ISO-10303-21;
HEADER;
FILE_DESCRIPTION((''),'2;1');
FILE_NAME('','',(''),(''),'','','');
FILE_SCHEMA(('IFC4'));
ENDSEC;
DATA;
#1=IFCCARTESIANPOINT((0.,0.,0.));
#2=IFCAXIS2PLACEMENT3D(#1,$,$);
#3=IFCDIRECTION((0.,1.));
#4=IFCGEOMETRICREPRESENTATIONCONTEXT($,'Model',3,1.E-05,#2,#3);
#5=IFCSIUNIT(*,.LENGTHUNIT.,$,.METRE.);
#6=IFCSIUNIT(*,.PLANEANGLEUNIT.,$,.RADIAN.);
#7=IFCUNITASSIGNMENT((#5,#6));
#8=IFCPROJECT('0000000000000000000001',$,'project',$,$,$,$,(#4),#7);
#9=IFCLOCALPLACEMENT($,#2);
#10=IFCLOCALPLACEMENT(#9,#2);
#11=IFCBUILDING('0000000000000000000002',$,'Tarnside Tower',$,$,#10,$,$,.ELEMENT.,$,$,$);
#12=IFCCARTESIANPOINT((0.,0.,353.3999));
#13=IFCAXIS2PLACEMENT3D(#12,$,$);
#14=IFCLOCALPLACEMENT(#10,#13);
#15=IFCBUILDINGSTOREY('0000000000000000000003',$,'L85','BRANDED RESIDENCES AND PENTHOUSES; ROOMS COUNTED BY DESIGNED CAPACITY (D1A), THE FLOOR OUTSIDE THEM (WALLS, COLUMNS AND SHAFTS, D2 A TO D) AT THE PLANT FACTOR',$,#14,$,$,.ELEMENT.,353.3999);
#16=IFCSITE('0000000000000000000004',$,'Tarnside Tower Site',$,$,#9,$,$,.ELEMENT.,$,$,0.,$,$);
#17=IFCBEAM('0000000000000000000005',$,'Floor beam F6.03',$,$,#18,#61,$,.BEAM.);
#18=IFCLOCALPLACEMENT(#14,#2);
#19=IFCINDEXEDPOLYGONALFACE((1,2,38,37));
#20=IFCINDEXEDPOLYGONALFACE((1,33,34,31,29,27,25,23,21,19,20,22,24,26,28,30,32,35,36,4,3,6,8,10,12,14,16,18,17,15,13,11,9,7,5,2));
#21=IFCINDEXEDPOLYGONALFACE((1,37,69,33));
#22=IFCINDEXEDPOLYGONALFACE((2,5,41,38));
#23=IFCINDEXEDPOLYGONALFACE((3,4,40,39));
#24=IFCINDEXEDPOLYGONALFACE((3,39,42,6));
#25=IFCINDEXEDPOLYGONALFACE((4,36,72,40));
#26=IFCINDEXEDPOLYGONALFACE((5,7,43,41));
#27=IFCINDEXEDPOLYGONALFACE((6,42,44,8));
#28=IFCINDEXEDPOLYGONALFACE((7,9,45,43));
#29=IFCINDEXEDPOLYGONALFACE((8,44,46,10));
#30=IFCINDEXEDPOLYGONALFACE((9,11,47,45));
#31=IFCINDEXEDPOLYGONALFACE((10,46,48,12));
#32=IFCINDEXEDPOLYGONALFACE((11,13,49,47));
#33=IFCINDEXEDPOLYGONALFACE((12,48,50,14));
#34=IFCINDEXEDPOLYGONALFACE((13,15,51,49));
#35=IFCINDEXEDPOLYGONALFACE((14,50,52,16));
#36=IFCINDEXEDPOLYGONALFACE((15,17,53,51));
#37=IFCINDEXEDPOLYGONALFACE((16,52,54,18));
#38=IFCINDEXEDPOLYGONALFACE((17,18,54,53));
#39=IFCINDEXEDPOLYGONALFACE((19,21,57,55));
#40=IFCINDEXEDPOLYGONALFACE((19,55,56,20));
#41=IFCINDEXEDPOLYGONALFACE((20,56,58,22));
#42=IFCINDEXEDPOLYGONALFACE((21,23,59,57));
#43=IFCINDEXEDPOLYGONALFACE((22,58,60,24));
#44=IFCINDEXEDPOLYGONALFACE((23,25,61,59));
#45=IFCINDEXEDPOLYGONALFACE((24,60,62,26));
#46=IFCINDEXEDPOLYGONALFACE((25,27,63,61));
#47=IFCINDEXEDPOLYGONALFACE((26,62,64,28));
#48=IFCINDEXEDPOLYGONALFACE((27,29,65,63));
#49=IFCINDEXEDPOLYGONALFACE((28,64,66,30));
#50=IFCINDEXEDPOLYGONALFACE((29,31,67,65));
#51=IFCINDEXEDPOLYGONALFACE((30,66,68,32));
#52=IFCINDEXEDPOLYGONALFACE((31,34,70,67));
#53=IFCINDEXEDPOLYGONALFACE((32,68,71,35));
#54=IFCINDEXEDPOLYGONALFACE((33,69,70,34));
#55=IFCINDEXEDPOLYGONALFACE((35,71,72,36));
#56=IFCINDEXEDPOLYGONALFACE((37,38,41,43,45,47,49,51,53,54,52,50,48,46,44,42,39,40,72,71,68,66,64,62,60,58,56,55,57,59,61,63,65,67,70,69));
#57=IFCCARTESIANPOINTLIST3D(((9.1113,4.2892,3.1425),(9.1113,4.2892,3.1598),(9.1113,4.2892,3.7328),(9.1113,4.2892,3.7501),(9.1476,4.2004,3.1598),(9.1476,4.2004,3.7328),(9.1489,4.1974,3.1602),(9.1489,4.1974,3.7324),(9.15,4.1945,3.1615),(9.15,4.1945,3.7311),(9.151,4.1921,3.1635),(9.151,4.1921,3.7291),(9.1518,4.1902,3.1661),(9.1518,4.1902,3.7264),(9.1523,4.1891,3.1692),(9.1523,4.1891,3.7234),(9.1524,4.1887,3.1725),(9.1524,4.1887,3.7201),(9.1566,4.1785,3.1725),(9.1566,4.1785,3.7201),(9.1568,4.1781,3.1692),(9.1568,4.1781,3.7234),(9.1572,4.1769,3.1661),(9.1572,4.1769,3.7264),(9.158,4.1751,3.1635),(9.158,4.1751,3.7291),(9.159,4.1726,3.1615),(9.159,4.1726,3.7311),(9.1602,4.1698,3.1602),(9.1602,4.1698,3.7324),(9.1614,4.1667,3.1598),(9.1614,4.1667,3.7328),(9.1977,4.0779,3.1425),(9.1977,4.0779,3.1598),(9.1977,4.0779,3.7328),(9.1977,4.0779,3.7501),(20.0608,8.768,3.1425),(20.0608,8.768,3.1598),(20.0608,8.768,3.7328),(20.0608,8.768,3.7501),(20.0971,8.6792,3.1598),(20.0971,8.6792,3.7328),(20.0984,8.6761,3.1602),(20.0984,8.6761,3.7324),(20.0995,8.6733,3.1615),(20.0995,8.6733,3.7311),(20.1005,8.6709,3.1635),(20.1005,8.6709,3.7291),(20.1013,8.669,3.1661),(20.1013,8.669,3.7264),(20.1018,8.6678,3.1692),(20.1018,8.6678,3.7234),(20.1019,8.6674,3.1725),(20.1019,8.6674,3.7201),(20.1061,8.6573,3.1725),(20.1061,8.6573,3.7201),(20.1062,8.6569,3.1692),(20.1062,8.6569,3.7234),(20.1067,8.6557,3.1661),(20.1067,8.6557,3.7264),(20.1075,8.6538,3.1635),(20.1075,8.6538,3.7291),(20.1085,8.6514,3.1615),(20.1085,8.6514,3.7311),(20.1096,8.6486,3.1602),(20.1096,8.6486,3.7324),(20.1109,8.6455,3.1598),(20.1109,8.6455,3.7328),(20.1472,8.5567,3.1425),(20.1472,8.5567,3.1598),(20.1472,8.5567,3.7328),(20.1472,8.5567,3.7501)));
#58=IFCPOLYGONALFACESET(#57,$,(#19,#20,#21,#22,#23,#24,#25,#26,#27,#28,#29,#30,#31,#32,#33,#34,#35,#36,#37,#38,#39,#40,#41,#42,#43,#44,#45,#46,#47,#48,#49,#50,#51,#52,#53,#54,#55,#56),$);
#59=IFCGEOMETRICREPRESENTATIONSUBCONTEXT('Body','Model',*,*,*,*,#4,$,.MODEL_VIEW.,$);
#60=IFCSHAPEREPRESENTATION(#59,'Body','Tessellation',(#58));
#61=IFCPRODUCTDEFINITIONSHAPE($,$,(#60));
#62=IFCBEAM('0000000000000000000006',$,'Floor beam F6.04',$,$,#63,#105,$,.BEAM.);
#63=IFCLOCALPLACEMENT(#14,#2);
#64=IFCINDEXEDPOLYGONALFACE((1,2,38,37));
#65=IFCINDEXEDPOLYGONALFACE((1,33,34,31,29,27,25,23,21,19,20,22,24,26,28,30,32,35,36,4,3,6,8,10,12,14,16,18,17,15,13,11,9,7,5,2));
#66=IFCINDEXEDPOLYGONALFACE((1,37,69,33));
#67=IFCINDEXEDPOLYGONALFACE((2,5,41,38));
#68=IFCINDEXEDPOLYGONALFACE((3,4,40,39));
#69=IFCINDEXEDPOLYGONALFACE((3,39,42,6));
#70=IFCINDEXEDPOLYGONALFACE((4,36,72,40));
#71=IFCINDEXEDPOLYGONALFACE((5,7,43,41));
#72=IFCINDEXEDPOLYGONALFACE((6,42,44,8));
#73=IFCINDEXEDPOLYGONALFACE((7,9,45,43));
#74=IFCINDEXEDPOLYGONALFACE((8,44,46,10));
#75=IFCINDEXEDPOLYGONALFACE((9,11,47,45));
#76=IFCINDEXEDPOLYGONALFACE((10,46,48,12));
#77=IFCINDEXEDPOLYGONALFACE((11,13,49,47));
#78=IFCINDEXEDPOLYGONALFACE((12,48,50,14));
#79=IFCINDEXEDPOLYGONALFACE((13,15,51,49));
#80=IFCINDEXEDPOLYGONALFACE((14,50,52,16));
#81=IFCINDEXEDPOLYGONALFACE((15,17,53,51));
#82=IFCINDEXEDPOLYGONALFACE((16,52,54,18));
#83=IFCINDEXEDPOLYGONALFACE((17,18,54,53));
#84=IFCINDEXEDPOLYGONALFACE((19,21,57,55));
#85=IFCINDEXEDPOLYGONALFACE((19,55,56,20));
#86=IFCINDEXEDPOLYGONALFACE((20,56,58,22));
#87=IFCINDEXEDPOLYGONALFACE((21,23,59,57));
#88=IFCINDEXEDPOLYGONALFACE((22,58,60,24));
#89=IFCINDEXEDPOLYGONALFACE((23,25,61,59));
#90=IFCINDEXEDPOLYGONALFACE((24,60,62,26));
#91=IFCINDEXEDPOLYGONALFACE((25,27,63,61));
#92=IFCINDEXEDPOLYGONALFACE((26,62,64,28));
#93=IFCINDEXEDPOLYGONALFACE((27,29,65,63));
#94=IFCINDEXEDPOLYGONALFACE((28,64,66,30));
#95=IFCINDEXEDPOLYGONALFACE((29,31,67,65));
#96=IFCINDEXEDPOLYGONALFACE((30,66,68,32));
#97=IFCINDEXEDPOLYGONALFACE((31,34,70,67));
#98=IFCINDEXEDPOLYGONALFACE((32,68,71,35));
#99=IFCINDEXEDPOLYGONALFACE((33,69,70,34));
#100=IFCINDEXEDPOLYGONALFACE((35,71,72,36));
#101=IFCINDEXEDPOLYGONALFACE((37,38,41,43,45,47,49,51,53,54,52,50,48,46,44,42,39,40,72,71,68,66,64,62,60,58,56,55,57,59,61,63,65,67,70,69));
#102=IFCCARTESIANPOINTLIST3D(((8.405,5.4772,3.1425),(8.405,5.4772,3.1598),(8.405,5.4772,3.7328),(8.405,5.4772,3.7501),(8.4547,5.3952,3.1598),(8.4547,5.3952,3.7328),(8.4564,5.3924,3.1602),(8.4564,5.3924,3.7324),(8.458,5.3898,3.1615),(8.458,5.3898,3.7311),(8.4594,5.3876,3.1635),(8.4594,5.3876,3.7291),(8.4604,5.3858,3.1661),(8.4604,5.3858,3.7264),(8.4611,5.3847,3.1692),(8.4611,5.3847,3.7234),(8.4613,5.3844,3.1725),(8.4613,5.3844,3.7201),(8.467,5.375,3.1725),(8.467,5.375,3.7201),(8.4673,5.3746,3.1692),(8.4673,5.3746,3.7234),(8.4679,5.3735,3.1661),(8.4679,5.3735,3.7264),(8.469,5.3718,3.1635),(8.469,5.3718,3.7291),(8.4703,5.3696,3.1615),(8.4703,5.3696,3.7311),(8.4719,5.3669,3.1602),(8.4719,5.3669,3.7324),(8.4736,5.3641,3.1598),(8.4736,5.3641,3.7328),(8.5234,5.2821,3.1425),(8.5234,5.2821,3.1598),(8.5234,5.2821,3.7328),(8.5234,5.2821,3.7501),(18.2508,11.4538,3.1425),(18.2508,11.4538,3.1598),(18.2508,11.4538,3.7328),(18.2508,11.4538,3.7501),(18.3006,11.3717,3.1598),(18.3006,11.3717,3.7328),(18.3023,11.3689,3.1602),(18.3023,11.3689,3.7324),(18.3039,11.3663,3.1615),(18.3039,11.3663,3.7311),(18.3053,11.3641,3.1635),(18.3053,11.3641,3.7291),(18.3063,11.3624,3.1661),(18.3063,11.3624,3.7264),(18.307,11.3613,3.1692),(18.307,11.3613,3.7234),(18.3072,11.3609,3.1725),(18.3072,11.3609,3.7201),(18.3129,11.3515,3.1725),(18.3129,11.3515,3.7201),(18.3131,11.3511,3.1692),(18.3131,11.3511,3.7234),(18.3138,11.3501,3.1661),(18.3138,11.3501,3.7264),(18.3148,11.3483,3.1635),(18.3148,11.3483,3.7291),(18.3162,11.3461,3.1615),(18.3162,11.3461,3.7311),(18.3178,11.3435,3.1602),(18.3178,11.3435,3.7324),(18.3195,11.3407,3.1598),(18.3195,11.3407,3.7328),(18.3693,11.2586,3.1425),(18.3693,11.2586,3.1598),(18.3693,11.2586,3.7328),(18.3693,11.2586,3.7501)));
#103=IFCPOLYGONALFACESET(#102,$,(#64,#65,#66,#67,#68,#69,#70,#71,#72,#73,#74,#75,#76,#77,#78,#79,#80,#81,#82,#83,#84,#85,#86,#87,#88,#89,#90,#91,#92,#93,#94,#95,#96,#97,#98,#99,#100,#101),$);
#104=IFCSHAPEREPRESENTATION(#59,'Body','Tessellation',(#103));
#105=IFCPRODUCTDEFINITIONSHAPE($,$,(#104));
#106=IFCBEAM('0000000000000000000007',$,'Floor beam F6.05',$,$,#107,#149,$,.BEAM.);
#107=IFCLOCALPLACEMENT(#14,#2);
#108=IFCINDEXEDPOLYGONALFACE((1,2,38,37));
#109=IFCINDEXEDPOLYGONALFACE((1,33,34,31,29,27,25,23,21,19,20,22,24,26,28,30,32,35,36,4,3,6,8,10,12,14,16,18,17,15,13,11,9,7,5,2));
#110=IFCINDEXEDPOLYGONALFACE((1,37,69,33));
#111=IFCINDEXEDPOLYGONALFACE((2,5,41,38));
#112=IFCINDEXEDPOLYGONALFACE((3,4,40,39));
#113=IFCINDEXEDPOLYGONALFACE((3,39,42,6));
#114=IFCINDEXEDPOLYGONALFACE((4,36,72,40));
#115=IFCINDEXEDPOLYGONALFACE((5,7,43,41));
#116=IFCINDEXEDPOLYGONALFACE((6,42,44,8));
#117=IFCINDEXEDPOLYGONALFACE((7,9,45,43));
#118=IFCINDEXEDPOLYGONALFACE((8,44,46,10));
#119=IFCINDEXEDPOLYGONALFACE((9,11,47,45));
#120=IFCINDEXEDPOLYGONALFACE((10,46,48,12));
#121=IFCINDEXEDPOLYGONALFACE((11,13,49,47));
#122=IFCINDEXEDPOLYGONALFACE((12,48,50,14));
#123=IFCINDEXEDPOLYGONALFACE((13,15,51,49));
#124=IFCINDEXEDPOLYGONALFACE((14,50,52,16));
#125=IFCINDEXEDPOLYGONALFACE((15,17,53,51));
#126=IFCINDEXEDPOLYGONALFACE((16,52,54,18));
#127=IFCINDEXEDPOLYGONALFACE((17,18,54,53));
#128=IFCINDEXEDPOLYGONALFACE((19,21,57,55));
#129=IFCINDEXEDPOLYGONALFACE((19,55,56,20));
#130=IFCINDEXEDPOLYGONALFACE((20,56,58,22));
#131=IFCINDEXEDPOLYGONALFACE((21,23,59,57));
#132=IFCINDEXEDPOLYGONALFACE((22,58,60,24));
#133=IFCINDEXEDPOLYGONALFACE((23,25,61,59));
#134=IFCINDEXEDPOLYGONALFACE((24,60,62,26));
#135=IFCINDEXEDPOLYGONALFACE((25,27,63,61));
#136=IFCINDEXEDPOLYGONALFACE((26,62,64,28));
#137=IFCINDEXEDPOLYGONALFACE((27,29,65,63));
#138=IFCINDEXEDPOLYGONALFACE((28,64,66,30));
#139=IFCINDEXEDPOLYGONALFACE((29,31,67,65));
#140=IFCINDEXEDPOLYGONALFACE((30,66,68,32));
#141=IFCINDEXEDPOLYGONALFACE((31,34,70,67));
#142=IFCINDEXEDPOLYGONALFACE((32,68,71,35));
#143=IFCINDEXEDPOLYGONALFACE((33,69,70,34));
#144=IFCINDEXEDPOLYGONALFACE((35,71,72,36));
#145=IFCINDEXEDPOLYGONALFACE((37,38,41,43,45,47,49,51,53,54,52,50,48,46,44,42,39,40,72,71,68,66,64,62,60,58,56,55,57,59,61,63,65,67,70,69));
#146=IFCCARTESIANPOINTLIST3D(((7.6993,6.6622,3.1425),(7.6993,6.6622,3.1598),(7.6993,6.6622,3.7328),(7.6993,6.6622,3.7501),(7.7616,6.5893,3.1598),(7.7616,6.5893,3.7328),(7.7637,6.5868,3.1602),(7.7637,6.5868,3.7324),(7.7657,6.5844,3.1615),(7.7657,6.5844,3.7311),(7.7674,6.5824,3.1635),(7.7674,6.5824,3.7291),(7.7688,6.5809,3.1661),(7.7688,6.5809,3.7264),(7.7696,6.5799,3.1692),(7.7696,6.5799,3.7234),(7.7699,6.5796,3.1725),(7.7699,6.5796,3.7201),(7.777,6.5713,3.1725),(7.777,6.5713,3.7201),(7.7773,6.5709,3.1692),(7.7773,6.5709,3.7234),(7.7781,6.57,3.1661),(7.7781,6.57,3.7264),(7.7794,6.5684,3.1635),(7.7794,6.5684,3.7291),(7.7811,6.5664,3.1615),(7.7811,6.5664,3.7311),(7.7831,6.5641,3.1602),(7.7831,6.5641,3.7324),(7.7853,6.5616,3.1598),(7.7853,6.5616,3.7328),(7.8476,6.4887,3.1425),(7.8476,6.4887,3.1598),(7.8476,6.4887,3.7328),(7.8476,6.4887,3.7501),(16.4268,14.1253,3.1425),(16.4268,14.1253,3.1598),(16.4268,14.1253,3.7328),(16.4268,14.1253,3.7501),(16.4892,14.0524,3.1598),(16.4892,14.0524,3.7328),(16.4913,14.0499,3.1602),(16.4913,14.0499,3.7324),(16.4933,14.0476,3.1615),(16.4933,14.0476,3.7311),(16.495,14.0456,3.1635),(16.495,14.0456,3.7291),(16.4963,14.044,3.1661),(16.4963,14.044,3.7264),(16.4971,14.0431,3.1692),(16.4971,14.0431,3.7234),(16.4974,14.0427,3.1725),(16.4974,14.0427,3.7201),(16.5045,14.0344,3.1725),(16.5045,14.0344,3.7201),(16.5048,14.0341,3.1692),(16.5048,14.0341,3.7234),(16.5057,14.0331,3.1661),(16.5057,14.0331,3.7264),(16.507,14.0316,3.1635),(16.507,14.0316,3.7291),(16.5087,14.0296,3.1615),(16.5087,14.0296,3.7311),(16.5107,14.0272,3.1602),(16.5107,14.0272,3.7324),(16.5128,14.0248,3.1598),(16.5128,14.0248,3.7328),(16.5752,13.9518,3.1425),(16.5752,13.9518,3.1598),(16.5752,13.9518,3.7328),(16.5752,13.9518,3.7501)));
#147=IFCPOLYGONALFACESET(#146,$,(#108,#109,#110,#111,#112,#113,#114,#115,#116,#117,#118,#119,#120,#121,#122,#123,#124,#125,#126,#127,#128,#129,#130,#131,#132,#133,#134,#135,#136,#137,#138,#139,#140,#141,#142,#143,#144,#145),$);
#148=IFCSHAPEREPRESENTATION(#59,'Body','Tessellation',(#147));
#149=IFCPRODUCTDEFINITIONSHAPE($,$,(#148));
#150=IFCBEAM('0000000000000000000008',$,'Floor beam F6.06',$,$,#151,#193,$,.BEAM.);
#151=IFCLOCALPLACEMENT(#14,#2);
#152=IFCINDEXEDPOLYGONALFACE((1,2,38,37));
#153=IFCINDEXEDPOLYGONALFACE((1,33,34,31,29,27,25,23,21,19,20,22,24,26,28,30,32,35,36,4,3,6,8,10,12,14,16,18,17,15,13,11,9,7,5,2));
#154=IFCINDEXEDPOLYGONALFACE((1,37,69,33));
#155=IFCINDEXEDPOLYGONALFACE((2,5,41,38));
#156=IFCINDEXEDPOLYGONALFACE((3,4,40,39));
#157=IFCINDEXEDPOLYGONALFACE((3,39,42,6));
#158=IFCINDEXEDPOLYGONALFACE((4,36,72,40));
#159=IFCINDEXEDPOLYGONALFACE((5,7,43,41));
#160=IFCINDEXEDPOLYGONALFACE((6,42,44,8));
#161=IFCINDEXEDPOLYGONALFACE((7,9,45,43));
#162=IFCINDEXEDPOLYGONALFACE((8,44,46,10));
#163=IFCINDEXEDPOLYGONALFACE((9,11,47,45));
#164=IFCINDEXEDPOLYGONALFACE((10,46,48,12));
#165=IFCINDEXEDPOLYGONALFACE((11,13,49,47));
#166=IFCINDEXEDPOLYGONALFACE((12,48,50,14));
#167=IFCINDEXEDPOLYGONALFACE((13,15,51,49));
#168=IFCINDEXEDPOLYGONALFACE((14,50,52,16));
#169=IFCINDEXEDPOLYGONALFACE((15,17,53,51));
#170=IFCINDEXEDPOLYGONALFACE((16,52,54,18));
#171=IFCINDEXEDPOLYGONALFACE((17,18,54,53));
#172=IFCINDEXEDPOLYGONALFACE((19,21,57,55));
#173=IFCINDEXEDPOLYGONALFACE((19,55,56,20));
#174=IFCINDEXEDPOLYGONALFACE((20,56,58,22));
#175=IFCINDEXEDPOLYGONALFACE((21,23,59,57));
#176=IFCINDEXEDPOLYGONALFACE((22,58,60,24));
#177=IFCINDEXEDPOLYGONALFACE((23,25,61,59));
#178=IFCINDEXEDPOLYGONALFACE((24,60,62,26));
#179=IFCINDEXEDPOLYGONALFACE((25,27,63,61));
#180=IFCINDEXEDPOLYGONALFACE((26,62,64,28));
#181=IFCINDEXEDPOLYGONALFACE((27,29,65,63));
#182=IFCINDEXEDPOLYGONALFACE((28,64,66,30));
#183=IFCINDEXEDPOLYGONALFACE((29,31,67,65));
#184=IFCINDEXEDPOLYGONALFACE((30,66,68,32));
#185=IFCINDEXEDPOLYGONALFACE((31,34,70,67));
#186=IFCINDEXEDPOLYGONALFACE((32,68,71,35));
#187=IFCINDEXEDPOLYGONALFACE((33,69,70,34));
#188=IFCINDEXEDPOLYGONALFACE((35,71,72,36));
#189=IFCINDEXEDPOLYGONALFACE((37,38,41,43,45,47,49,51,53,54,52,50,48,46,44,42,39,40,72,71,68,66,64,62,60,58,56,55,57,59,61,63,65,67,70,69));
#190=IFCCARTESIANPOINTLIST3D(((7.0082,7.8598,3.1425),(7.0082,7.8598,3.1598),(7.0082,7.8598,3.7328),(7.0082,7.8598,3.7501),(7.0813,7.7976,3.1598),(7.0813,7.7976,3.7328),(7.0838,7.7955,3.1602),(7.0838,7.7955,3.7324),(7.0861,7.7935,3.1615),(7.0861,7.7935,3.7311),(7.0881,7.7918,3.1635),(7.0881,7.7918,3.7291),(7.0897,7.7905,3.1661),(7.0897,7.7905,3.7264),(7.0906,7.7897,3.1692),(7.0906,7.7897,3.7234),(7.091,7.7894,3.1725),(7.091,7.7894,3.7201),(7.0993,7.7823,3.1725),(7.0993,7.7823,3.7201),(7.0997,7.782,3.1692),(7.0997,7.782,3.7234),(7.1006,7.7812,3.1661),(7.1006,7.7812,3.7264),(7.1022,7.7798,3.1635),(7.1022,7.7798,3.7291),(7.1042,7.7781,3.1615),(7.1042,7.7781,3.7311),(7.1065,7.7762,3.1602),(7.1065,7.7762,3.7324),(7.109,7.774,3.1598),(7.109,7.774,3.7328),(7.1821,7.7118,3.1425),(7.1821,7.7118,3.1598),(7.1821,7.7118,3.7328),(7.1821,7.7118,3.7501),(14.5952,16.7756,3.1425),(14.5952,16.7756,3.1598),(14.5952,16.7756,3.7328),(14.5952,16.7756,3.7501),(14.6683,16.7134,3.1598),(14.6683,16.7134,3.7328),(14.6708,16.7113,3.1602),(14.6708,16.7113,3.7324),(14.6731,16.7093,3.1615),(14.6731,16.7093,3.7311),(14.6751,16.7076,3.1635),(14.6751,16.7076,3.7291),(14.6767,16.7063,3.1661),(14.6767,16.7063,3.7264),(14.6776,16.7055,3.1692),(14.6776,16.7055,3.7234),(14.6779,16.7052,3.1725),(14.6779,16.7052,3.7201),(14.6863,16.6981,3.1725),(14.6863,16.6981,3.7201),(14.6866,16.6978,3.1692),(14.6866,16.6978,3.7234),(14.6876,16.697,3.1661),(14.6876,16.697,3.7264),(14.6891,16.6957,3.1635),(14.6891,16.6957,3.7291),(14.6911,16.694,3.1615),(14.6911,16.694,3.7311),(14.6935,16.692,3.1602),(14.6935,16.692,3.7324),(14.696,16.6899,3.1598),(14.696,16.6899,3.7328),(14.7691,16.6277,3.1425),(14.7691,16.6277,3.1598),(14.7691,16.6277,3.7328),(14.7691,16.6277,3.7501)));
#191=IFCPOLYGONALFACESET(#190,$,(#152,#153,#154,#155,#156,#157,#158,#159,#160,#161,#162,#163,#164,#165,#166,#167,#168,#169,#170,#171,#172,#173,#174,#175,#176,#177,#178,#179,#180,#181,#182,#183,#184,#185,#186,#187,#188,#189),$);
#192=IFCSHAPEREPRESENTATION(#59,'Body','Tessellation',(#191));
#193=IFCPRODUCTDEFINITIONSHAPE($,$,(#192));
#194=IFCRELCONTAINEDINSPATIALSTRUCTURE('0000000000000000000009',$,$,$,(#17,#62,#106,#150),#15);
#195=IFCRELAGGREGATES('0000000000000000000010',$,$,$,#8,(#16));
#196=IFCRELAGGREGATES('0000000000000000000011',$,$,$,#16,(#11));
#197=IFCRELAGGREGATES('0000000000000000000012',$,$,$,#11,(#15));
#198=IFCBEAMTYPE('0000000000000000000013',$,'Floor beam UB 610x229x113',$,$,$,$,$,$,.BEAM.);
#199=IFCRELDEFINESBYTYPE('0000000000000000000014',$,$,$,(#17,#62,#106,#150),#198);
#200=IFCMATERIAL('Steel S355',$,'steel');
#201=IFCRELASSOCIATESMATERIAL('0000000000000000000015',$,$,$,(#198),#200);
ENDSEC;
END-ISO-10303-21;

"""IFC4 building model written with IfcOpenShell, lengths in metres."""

from ifc_helpers import new_model, si_unit, direction, frame, origin, origin_2d, place, context, subcontext, project, spatial, i_section, extrude, material, material_profile, profile_set, type_object, element, save


model = new_model("IFC4")

# Units and contexts
model_context = context("Model", 3, precision=1e-05, world=origin(), true_north=direction((0.0, 1.0)))
body_context = subcontext(model_context, "Body", "Model", "MODEL_VIEW")
ifc_project = project(units=[si_unit("LENGTHUNIT", "METRE"), si_unit("PLANEANGLEUNIT", "RADIAN")], contexts=[model_context])

# Site, building, storey
site_placement = place(None, origin())
site = spatial("IfcSite", under=ifc_project, at=site_placement, Name="Tarnside Tower Site", CompositionType="ELEMENT", RefElevation=0.0)
building_placement = place(site_placement, origin())
building = spatial("IfcBuilding", under=site, at=building_placement, Name="Tarnside Tower", CompositionType="ELEMENT")
storey_placement = place(building_placement, frame((0.0, 0.0, 353.3999)))
storey = spatial("IfcBuildingStorey", under=building, at=storey_placement, Name="L85", Description="BRANDED RESIDENCES AND PENTHOUSES; ROOMS COUNTED BY DESIGNED CAPACITY (D1A), THE FLOOR OUTSIDE THEM (WALLS, COLUMNS AND SHAFTS, D2 A TO D) AT THE PLANT FACTOR", CompositionType="ELEMENT", Elevation=353.3999)

# Beams
ifc_material_1 = material(Name="Steel S355", Category="steel")
ifc_material_profile_1 = material_profile(ifc_material_1, i_section(OverallWidth=0.2283, OverallDepth=0.6077, WebThickness=0.011, FlangeThickness=0.0173, FilletRadius=0.0127, at=origin_2d()), Name="UB 610x229x113")
ifc_profile_set_1 = profile_set([ifc_material_profile_1], Name="Steel S355")
beam_type_1 = type_object("IfcBeamType", Name="Floor beam UB 610x229x113", PredefinedType="BEAM", material=ifc_profile_set_1)
beam_1_placement = place(storey_placement, frame((20.104, 8.6624, 3.4463), z_axis=(-0.925564, -0.378592, 0.0), x_axis=(0.378592, -0.925564, 0.0)))
element("IfcBeam", 1, at=beam_1_placement, inside=storey, type_object=beam_type_1, Name="Floor beam F6.03", PredefinedType="BEAM", context=body_context, shape_type="SweptSolid", body=[
    extrude(i_section(OverallWidth=0.2283, OverallDepth=0.6077, WebThickness=0.011, FlangeThickness=0.0173, FilletRadius=0.0127, at=origin_2d()), origin(), (0.0, 0.0, 1.0), 11.8301),
])
beam_2_placement = place(storey_placement, frame((18.3101, 11.3562, 3.4463), z_axis=(-0.854839, -0.518894, 0.0), x_axis=(0.518894, -0.854839, 0.0)))
element("IfcBeam", 2, at=beam_2_placement, inside=storey, type_object=beam_type_1, Name="Floor beam F6.04", PredefinedType="BEAM", context=body_context, shape_type="SweptSolid", body=[
    extrude(i_section(OverallWidth=0.2283, OverallDepth=0.6077, WebThickness=0.011, FlangeThickness=0.0173, FilletRadius=0.0127, at=origin_2d()), origin(), (0.0, 0.0, 1.0), 11.5178),
])
beam_3_placement = place(storey_placement, frame((16.501, 14.0386, 3.4463), z_axis=(-0.760014, -0.649907, 0.0), x_axis=(0.649907, -0.760014, 0.0)))
element("IfcBeam", 3, at=beam_3_placement, inside=storey, type_object=beam_type_1, Name="Floor beam F6.05", PredefinedType="BEAM", context=body_context, shape_type="SweptSolid", body=[
    extrude(i_section(OverallWidth=0.2283, OverallDepth=0.6077, WebThickness=0.011, FlangeThickness=0.0173, FilletRadius=0.0127, at=origin_2d()), origin(), (0.0, 0.0, 1.0), 11.4834),
])
beam_4_placement = place(storey_placement, frame((14.6821, 16.7017, 3.4463), z_axis=(-0.64807, -0.761581, 0.0), x_axis=(0.761581, -0.64807, 0.0)))
element("IfcBeam", 4, at=beam_4_placement, inside=storey, type_object=beam_type_1, Name="Floor beam F6.06", PredefinedType="BEAM", context=body_context, shape_type="SweptSolid", body=[
    extrude(i_section(OverallWidth=0.2283, OverallDepth=0.6077, WebThickness=0.011, FlangeThickness=0.0173, FilletRadius=0.0127, at=origin_2d()), origin(), (0.0, 0.0, 1.0), 11.707),
])

save(model, "model.ifc")
